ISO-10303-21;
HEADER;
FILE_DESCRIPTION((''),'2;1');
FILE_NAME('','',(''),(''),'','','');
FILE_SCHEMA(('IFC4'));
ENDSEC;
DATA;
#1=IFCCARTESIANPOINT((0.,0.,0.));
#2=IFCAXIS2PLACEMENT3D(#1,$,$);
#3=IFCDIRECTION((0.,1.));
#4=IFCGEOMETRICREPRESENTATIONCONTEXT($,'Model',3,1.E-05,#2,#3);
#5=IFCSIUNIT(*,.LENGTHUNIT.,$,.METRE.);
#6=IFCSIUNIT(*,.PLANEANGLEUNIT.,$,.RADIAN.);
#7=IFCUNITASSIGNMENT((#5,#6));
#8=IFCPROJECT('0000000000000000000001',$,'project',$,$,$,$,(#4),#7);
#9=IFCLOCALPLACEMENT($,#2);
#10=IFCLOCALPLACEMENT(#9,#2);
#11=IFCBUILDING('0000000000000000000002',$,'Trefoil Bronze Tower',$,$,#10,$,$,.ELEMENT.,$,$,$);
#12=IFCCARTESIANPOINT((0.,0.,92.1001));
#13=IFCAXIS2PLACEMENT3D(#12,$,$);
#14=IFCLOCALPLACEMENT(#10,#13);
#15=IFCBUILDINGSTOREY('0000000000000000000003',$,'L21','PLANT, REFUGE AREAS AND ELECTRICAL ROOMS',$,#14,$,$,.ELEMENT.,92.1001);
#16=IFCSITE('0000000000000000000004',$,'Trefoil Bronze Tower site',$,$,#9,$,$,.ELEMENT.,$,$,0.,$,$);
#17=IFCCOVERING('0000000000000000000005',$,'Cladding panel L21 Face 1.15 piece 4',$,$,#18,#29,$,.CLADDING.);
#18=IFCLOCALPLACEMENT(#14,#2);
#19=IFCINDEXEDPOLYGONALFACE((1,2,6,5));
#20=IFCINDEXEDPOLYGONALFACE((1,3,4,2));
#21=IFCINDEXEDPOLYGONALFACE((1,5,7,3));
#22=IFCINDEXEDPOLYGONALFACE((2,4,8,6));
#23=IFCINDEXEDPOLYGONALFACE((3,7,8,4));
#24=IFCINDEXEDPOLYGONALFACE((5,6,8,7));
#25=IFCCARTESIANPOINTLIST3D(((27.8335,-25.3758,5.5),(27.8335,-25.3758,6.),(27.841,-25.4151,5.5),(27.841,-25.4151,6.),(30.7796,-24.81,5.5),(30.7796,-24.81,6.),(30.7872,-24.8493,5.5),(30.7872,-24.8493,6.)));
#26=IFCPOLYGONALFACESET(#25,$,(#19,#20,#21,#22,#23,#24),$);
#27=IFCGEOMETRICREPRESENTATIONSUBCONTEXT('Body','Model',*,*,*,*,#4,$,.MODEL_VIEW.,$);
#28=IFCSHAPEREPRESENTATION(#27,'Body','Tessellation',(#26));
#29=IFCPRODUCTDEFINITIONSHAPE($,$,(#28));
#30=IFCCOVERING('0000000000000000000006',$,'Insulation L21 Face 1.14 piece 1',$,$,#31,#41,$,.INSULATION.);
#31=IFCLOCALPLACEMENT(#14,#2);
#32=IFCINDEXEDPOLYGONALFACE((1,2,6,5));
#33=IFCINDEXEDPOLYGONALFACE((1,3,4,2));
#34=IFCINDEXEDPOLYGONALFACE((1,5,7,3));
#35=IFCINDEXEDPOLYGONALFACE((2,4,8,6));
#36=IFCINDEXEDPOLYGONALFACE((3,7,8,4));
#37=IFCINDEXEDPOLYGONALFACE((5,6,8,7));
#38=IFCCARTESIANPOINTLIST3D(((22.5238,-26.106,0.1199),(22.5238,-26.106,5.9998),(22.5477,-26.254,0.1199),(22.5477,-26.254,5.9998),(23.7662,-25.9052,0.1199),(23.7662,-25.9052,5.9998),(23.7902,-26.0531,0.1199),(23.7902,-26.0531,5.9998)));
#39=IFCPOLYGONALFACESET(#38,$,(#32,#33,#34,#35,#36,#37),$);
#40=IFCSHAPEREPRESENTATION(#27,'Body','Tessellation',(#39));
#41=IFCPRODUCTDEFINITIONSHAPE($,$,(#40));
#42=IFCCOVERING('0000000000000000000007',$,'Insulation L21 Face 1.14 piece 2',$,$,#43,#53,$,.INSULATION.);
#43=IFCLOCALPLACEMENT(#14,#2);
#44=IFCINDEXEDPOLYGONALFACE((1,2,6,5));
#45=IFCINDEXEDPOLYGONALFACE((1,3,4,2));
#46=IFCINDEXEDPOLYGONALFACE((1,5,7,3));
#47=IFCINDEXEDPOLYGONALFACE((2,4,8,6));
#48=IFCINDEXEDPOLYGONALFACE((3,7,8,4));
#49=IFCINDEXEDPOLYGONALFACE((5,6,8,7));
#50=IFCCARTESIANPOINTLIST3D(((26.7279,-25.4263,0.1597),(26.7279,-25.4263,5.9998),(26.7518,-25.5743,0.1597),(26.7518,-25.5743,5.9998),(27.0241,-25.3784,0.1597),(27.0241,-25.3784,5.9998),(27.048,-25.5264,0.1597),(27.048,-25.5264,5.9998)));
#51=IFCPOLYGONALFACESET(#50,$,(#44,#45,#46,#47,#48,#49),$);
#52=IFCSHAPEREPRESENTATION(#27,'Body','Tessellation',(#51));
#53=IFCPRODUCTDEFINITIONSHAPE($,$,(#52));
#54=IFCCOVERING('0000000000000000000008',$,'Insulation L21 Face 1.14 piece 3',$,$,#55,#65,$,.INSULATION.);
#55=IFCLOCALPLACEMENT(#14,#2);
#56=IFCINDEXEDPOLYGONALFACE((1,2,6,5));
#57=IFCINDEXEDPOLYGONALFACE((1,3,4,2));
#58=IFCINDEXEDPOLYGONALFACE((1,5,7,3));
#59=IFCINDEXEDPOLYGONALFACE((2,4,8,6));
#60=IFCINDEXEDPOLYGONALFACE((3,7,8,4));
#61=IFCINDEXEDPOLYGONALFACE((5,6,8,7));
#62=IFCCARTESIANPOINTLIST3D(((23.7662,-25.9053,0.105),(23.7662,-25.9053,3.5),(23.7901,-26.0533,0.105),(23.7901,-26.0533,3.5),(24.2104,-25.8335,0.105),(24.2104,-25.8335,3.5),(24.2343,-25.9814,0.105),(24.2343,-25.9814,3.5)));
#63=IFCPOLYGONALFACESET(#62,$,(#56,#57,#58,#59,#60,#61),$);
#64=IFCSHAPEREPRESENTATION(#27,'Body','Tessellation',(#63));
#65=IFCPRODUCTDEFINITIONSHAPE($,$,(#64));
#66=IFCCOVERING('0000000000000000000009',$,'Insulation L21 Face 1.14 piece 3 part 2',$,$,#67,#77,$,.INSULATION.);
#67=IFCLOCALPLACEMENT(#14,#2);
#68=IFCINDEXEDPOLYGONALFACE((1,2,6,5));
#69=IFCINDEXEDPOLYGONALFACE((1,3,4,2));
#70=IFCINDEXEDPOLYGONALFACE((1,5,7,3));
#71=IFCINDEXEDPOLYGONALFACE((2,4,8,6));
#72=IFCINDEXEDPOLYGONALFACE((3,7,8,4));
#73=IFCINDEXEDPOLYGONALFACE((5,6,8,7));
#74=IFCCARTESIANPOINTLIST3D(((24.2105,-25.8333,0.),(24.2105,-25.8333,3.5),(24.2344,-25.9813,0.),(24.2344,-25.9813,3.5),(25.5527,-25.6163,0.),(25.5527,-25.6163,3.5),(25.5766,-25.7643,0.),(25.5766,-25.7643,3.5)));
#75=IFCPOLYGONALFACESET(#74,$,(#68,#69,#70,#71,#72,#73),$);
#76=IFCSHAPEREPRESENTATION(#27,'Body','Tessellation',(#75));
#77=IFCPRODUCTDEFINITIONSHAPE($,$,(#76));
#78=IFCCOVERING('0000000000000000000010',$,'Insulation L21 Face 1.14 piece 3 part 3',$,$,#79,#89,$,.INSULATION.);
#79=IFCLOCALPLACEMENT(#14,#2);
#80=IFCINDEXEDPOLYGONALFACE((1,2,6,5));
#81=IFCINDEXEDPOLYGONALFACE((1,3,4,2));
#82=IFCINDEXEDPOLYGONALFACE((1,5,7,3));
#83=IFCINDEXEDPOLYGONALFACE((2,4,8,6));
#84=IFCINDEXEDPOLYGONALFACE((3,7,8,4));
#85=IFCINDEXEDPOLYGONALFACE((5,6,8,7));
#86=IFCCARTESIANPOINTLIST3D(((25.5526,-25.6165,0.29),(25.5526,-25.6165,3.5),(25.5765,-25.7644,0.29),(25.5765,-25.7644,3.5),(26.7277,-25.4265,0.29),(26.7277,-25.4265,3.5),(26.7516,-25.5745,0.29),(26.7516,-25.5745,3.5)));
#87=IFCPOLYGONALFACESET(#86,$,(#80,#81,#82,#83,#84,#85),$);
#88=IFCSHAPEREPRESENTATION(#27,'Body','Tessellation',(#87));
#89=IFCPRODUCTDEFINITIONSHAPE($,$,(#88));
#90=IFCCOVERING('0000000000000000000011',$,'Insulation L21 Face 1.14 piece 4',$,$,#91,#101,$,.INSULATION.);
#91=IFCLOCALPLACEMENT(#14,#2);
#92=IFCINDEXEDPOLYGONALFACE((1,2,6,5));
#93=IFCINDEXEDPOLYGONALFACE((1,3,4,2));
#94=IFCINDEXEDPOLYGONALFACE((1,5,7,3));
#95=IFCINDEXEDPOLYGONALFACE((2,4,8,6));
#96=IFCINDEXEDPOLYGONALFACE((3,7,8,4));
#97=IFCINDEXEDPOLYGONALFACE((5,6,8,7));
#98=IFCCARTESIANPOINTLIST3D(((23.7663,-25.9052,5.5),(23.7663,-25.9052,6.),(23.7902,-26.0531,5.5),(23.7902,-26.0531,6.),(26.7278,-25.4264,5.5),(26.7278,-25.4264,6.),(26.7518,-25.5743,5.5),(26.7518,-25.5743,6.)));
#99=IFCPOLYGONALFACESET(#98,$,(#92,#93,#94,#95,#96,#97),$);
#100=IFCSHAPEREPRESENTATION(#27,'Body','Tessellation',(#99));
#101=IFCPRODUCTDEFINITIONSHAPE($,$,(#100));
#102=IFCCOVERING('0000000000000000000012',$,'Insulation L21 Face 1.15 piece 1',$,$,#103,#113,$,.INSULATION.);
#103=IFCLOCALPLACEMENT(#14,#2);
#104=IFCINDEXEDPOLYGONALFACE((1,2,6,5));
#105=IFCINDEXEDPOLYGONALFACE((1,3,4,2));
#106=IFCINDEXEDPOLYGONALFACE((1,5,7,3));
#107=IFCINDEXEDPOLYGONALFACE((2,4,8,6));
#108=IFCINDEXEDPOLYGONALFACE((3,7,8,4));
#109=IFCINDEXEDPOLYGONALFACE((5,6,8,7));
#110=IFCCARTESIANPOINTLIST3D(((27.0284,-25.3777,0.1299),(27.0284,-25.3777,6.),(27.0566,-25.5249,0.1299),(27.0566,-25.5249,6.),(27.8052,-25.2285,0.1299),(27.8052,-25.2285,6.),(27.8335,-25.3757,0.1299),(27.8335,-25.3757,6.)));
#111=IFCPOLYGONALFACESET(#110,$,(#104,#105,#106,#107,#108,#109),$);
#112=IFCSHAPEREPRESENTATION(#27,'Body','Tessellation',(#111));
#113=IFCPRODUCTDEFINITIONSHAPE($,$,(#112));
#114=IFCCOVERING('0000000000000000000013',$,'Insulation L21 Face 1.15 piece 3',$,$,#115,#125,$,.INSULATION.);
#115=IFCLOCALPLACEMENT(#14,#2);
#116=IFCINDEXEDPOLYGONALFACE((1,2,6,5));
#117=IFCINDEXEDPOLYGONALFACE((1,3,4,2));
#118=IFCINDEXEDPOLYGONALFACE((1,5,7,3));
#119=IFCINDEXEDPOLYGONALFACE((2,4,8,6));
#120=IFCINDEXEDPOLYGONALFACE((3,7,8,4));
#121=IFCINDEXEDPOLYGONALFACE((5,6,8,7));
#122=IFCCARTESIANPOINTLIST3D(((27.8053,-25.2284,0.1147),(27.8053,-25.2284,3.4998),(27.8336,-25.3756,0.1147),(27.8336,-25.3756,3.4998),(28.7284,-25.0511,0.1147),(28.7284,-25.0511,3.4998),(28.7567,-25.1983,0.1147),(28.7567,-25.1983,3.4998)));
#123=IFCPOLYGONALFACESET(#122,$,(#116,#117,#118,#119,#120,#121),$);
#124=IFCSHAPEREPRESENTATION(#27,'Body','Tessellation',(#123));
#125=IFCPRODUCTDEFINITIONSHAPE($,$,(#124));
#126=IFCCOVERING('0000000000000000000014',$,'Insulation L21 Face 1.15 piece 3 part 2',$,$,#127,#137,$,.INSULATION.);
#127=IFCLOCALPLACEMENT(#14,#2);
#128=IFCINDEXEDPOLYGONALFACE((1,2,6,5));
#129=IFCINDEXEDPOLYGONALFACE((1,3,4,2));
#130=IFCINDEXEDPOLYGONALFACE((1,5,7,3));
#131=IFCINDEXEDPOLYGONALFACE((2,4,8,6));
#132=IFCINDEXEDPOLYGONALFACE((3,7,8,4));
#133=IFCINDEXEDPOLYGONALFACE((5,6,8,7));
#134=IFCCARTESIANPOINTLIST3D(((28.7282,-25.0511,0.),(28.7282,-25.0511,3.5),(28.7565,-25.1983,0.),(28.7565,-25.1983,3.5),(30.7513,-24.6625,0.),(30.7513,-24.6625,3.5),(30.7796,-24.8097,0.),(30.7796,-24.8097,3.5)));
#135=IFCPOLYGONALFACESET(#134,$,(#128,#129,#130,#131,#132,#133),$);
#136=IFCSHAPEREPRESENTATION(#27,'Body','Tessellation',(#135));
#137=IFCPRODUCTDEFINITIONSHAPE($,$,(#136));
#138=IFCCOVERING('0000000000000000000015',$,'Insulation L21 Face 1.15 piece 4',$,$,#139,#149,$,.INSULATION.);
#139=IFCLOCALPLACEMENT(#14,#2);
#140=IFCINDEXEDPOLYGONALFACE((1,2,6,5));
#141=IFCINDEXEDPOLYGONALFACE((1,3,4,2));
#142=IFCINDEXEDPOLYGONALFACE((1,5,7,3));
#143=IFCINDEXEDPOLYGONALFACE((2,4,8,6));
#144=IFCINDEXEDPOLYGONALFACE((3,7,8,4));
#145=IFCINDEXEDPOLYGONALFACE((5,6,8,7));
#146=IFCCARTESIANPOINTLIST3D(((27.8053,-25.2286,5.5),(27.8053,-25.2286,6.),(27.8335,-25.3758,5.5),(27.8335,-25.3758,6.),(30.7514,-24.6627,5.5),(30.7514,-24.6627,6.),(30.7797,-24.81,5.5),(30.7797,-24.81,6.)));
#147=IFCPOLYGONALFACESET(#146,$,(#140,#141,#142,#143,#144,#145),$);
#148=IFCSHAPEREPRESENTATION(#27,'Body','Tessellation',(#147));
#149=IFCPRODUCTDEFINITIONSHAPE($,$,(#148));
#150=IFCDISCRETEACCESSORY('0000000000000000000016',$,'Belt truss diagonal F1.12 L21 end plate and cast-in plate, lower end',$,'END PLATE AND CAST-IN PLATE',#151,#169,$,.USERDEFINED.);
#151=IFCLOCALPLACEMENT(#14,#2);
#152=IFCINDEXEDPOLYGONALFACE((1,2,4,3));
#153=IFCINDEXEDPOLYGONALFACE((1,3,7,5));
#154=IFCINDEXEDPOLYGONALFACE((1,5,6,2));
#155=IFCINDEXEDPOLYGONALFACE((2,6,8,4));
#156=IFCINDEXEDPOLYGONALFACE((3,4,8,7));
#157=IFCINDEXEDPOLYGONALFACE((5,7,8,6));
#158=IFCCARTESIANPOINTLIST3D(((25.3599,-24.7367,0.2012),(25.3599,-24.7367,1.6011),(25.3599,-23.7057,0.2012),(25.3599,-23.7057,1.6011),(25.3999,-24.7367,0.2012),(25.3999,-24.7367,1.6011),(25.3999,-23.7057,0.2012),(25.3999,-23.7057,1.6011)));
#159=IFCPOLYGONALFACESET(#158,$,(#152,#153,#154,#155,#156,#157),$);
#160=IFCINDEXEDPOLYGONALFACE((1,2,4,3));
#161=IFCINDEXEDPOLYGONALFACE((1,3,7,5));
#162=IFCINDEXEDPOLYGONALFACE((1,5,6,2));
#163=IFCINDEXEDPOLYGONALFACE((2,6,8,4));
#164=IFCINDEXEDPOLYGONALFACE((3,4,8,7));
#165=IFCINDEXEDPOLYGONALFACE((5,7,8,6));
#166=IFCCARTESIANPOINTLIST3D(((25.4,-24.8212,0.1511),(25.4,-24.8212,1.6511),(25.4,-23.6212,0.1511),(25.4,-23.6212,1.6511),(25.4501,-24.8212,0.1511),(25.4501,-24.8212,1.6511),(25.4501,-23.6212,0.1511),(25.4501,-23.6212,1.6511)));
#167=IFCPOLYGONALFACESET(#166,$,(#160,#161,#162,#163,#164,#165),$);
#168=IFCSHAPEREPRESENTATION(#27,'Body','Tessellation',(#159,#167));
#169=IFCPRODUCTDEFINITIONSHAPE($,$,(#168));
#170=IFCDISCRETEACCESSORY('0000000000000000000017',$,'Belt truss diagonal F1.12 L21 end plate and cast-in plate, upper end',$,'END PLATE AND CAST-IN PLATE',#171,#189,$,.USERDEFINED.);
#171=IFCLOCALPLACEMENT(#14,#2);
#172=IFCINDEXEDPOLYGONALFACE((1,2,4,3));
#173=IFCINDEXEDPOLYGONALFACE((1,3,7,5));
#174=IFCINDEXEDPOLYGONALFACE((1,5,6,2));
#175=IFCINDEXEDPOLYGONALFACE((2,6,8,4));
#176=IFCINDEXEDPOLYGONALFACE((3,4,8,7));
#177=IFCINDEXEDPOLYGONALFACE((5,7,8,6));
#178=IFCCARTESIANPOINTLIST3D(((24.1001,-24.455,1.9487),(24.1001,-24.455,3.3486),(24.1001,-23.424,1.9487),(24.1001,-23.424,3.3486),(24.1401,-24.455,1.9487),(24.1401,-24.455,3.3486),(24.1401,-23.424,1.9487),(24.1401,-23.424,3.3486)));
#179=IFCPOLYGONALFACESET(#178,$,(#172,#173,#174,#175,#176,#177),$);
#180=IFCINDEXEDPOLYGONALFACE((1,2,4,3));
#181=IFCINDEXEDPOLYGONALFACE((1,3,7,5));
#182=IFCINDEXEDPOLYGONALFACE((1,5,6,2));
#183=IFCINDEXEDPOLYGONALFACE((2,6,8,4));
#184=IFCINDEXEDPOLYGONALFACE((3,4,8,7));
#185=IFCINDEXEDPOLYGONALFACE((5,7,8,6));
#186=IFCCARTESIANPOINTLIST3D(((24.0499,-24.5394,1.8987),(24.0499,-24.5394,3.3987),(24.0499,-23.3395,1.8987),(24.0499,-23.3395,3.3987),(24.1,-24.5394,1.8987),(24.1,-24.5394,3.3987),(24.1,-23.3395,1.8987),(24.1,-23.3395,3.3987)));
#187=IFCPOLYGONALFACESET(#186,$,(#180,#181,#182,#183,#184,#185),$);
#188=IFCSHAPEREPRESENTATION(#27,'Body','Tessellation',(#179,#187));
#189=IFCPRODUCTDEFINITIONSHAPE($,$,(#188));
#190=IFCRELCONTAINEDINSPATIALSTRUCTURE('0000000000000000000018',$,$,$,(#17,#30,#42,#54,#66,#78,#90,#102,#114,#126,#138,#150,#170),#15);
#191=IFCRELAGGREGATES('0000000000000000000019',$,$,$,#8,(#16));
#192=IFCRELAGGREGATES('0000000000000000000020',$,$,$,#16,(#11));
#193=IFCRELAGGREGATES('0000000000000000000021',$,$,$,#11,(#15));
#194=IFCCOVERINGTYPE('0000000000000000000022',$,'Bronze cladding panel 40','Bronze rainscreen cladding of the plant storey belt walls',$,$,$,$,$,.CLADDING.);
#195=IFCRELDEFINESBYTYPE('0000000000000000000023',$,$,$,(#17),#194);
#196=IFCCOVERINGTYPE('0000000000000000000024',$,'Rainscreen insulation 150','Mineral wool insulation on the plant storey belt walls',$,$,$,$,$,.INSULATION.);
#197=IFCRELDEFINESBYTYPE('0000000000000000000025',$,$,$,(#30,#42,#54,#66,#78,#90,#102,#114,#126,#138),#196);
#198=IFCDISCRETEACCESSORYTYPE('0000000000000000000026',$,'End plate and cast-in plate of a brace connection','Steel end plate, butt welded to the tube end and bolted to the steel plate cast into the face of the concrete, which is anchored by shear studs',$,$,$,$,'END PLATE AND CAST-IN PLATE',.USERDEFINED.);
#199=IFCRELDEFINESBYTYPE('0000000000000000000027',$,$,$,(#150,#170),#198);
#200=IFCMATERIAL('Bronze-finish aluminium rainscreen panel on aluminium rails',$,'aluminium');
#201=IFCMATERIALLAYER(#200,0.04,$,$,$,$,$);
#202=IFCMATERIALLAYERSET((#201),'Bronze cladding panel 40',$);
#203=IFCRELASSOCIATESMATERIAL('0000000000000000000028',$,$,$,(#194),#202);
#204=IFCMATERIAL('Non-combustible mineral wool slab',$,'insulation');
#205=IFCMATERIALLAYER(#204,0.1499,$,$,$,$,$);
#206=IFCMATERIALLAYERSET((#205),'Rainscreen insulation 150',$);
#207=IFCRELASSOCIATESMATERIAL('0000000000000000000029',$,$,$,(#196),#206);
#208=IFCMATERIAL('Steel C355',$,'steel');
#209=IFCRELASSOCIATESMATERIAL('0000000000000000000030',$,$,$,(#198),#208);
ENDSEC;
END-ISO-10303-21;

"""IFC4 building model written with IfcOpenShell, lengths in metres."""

from ifc_helpers import new_model, si_unit, direction, frame, origin, origin_2d, place, context, subcontext, project, spatial, rectangle, extrude, material, layer, layer_set, type_object, element, save


model = new_model("IFC4")

# Units and contexts
model_context = context("Model", 3, precision=1e-05, world=origin(), true_north=direction((0.0, 1.0)))
body_context = subcontext(model_context, "Body", "Model", "MODEL_VIEW")
ifc_project = project(units=[si_unit("LENGTHUNIT", "METRE"), si_unit("PLANEANGLEUNIT", "RADIAN")], contexts=[model_context])

# Site, building, storey
site_placement = place(None, origin())
site = spatial("IfcSite", under=ifc_project, at=site_placement, Name="Trefoil Bronze Tower site", CompositionType="ELEMENT", RefElevation=0.0)
building_placement = place(site_placement, origin())
building = spatial("IfcBuilding", under=site, at=building_placement, Name="Trefoil Bronze Tower", CompositionType="ELEMENT")
storey_placement = place(building_placement, frame((0.0, 0.0, 92.1001)))
storey = spatial("IfcBuildingStorey", under=building, at=storey_placement, Name="L21", Description="PLANT, REFUGE AREAS AND ELECTRICAL ROOMS", CompositionType="ELEMENT", Elevation=92.1001)

# Coverings
ifc_material_1 = material(Name="Bronze-finish aluminium rainscreen panel on aluminium rails", Category="aluminium")
ifc_layer_1 = layer(ifc_material_1, 0.04)
ifc_layer_set_1 = layer_set([ifc_layer_1], Name="Bronze cladding panel 40")
covering_type_1 = type_object("IfcCoveringType", Name="Bronze cladding panel 40", Description="Bronze rainscreen cladding of the plant storey belt walls", PredefinedType="CLADDING", material=ifc_layer_set_1)
covering_1_placement = place(storey_placement, frame((29.3103, -25.1125, 5.5), z_axis=(0.0, 0.0, 1.0), x_axis=(0.98205, 0.188622, 0.0)))
element("IfcCovering", 1, at=covering_1_placement, inside=storey, type_object=covering_type_1, Name="Cladding panel L21 Face 1.15 piece 4", PredefinedType="CLADDING", context=body_context, shape_type="SweptSolid", body=[
    extrude(rectangle(XDim=3.0, YDim=0.04, at=origin_2d()), origin(), (0.0, 0.0, 1.0), 0.5),
])
ifc_material_2 = material(Name="Non-combustible mineral wool slab", Category="insulation")
ifc_layer_2 = layer(ifc_material_2, 0.1499)
ifc_layer_set_2 = layer_set([ifc_layer_2], Name="Rainscreen insulation 150")
covering_type_2 = type_object("IfcCoveringType", Name="Rainscreen insulation 150", Description="Mineral wool insulation on the plant storey belt walls", PredefinedType="INSULATION", material=ifc_layer_set_2)
covering_2_placement = place(storey_placement, frame((23.157, -26.0796, 0.1199), z_axis=(0.0, 0.0, 1.0), x_axis=(0.987181, 0.159603, 0.0)))
element("IfcCovering", 2, at=covering_2_placement, inside=storey, type_object=covering_type_2, Name="Insulation L21 Face 1.14 piece 1", PredefinedType="INSULATION", context=body_context, shape_type="SweptSolid", body=[
    extrude(rectangle(XDim=1.2585, YDim=0.1499, at=origin_2d()), origin(), (0.0, 0.0, 1.0), 5.8799),
])
covering_3_placement = place(storey_placement, frame((26.8879, -25.4763, 0.1597), z_axis=(0.0, 0.0, 1.0), x_axis=(0.987181, 0.159603, 0.0)))
element("IfcCovering", 3, at=covering_3_placement, inside=storey, type_object=covering_type_2, Name="Insulation L21 Face 1.14 piece 2", PredefinedType="INSULATION", context=body_context, shape_type="SweptSolid", body=[
    extrude(rectangle(XDim=0.3, YDim=0.1499, at=origin_2d()), origin(), (0.0, 0.0, 1.0), 5.8401),
])
covering_4_placement = place(storey_placement, frame((24.0002, -25.9434, 0.105), z_axis=(0.0, 0.0, 1.0), x_axis=(0.987181, 0.159603, 0.0)))
element("IfcCovering", 4, at=covering_4_placement, inside=storey, type_object=covering_type_2, Name="Insulation L21 Face 1.14 piece 3", PredefinedType="INSULATION", context=body_context, shape_type="SweptSolid", body=[
    extrude(rectangle(XDim=0.45, YDim=0.1499, at=origin_2d()), origin(), (0.0, 0.0, 1.0), 3.395),
])
covering_5_placement = place(storey_placement, frame((24.8936, -25.7988, 0.0), z_axis=(0.0, 0.0, 1.0), x_axis=(0.987181, 0.159603, 0.0)))
element("IfcCovering", 5, at=covering_5_placement, inside=storey, type_object=covering_type_2, Name="Insulation L21 Face 1.14 piece 3 part 2", PredefinedType="INSULATION", context=body_context, shape_type="SweptSolid", body=[
    extrude(rectangle(XDim=1.3596, YDim=0.1499, at=origin_2d()), origin(), (0.0, 0.0, 1.0), 3.5),
])
covering_6_placement = place(storey_placement, frame((26.1521, -25.5955, 0.29), z_axis=(0.0, 0.0, 1.0), x_axis=(0.987181, 0.159603, 0.0)))
element("IfcCovering", 6, at=covering_6_placement, inside=storey, type_object=covering_type_2, Name="Insulation L21 Face 1.14 piece 3 part 3", PredefinedType="INSULATION", context=body_context, shape_type="SweptSolid", body=[
    extrude(rectangle(XDim=1.1904, YDim=0.1499, at=origin_2d()), origin(), (0.0, 0.0, 1.0), 3.21),
])
covering_7_placement = place(storey_placement, frame((25.259, -25.7397, 5.5), z_axis=(0.0, 0.0, 1.0), x_axis=(0.987181, 0.159603, 0.0)))
element("IfcCovering", 7, at=covering_7_placement, inside=storey, type_object=covering_type_2, Name="Insulation L21 Face 1.14 piece 4", PredefinedType="INSULATION", context=body_context, shape_type="SweptSolid", body=[
    extrude(rectangle(XDim=3.0, YDim=0.1499, at=origin_2d()), origin(), (0.0, 0.0, 1.0), 0.5),
])
covering_8_placement = place(storey_placement, frame((27.4309, -25.3767, 0.1299), z_axis=(0.0, 0.0, 1.0), x_axis=(0.98205, 0.188622, 0.0)))
element("IfcCovering", 8, at=covering_8_placement, inside=storey, type_object=covering_type_2, Name="Insulation L21 Face 1.15 piece 1", PredefinedType="INSULATION", context=body_context, shape_type="SweptSolid", body=[
    extrude(rectangle(XDim=0.791, YDim=0.1499, at=origin_2d()), origin(), (0.0, 0.0, 1.0), 5.8701),
])
covering_9_placement = place(storey_placement, frame((28.281, -25.2134, 0.1147), z_axis=(0.0, 0.0, 1.0), x_axis=(0.98205, 0.188622, 0.0)))
element("IfcCovering", 9, at=covering_9_placement, inside=storey, type_object=covering_type_2, Name="Insulation L21 Face 1.15 piece 3", PredefinedType="INSULATION", context=body_context, shape_type="SweptSolid", body=[
    extrude(rectangle(XDim=0.9399, YDim=0.1499, at=origin_2d()), origin(), (0.0, 0.0, 1.0), 3.385),
])
covering_10_placement = place(storey_placement, frame((29.7539, -24.9304, 0.0), z_axis=(0.0, 0.0, 1.0), x_axis=(0.98205, 0.188622, 0.0)))
element("IfcCovering", 10, at=covering_10_placement, inside=storey, type_object=covering_type_2, Name="Insulation L21 Face 1.15 piece 3 part 2", PredefinedType="INSULATION", context=body_context, shape_type="SweptSolid", body=[
    extrude(rectangle(XDim=2.0601, YDim=0.1499, at=origin_2d()), origin(), (0.0, 0.0, 1.0), 3.5),
])
covering_11_placement = place(storey_placement, frame((29.2925, -25.0193, 5.5), z_axis=(0.0, 0.0, 1.0), x_axis=(0.98205, 0.188622, 0.0)))
element("IfcCovering", 11, at=covering_11_placement, inside=storey, type_object=covering_type_2, Name="Insulation L21 Face 1.15 piece 4", PredefinedType="INSULATION", context=body_context, shape_type="SweptSolid", body=[
    extrude(rectangle(XDim=3.0, YDim=0.1499, at=origin_2d()), origin(), (0.0, 0.0, 1.0), 0.5),
])

# Discrete accessories
ifc_material_3 = material(Name="Steel C355", Category="steel")
discrete_accessory_type = type_object("IfcDiscreteAccessoryType", Name="End plate and cast-in plate of a brace connection", Description="Steel end plate, butt welded to the tube end and bolted to the steel plate cast into the face of the concrete, which is anchored by shear studs", ElementType="END PLATE AND CAST-IN PLATE", PredefinedType="USERDEFINED", material=ifc_material_3)
for number, where, z_axis, x_axis, name in (
    (12, (25.3999, -24.2212, 0.9011), (0.0, 0.0, 1.0), (-1.0, 0.0, 0.0), "Belt truss diagonal F1.12 L21 end plate and cast-in plate, lower end"),
    (13, (24.1001, -23.9395, 2.6487), (0.0, 0.0, 1.0), (1.0, 0.0, 0.0), "Belt truss diagonal F1.12 L21 end plate and cast-in plate, upper end"),
):
    element("IfcDiscreteAccessory", number, at=place(storey_placement, frame(where, z_axis=z_axis, x_axis=x_axis)), inside=storey, type_object=discrete_accessory_type, Name=name, ObjectType="END PLATE AND CAST-IN PLATE", PredefinedType="USERDEFINED", context=body_context, shape_type="SweptSolid", body=[
        extrude(rectangle(XDim=0.04, YDim=1.031, at=origin_2d()), frame((0.02, 0.0, -0.7)), (0.0, 0.0, 1.0), 1.3999),
        extrude(rectangle(XDim=0.05, YDim=1.2, at=origin_2d()), frame((-0.0251, 0.0, -0.75)), (0.0, 0.0, 1.0), 1.5),
    ])

save(model, "model.ifc")
